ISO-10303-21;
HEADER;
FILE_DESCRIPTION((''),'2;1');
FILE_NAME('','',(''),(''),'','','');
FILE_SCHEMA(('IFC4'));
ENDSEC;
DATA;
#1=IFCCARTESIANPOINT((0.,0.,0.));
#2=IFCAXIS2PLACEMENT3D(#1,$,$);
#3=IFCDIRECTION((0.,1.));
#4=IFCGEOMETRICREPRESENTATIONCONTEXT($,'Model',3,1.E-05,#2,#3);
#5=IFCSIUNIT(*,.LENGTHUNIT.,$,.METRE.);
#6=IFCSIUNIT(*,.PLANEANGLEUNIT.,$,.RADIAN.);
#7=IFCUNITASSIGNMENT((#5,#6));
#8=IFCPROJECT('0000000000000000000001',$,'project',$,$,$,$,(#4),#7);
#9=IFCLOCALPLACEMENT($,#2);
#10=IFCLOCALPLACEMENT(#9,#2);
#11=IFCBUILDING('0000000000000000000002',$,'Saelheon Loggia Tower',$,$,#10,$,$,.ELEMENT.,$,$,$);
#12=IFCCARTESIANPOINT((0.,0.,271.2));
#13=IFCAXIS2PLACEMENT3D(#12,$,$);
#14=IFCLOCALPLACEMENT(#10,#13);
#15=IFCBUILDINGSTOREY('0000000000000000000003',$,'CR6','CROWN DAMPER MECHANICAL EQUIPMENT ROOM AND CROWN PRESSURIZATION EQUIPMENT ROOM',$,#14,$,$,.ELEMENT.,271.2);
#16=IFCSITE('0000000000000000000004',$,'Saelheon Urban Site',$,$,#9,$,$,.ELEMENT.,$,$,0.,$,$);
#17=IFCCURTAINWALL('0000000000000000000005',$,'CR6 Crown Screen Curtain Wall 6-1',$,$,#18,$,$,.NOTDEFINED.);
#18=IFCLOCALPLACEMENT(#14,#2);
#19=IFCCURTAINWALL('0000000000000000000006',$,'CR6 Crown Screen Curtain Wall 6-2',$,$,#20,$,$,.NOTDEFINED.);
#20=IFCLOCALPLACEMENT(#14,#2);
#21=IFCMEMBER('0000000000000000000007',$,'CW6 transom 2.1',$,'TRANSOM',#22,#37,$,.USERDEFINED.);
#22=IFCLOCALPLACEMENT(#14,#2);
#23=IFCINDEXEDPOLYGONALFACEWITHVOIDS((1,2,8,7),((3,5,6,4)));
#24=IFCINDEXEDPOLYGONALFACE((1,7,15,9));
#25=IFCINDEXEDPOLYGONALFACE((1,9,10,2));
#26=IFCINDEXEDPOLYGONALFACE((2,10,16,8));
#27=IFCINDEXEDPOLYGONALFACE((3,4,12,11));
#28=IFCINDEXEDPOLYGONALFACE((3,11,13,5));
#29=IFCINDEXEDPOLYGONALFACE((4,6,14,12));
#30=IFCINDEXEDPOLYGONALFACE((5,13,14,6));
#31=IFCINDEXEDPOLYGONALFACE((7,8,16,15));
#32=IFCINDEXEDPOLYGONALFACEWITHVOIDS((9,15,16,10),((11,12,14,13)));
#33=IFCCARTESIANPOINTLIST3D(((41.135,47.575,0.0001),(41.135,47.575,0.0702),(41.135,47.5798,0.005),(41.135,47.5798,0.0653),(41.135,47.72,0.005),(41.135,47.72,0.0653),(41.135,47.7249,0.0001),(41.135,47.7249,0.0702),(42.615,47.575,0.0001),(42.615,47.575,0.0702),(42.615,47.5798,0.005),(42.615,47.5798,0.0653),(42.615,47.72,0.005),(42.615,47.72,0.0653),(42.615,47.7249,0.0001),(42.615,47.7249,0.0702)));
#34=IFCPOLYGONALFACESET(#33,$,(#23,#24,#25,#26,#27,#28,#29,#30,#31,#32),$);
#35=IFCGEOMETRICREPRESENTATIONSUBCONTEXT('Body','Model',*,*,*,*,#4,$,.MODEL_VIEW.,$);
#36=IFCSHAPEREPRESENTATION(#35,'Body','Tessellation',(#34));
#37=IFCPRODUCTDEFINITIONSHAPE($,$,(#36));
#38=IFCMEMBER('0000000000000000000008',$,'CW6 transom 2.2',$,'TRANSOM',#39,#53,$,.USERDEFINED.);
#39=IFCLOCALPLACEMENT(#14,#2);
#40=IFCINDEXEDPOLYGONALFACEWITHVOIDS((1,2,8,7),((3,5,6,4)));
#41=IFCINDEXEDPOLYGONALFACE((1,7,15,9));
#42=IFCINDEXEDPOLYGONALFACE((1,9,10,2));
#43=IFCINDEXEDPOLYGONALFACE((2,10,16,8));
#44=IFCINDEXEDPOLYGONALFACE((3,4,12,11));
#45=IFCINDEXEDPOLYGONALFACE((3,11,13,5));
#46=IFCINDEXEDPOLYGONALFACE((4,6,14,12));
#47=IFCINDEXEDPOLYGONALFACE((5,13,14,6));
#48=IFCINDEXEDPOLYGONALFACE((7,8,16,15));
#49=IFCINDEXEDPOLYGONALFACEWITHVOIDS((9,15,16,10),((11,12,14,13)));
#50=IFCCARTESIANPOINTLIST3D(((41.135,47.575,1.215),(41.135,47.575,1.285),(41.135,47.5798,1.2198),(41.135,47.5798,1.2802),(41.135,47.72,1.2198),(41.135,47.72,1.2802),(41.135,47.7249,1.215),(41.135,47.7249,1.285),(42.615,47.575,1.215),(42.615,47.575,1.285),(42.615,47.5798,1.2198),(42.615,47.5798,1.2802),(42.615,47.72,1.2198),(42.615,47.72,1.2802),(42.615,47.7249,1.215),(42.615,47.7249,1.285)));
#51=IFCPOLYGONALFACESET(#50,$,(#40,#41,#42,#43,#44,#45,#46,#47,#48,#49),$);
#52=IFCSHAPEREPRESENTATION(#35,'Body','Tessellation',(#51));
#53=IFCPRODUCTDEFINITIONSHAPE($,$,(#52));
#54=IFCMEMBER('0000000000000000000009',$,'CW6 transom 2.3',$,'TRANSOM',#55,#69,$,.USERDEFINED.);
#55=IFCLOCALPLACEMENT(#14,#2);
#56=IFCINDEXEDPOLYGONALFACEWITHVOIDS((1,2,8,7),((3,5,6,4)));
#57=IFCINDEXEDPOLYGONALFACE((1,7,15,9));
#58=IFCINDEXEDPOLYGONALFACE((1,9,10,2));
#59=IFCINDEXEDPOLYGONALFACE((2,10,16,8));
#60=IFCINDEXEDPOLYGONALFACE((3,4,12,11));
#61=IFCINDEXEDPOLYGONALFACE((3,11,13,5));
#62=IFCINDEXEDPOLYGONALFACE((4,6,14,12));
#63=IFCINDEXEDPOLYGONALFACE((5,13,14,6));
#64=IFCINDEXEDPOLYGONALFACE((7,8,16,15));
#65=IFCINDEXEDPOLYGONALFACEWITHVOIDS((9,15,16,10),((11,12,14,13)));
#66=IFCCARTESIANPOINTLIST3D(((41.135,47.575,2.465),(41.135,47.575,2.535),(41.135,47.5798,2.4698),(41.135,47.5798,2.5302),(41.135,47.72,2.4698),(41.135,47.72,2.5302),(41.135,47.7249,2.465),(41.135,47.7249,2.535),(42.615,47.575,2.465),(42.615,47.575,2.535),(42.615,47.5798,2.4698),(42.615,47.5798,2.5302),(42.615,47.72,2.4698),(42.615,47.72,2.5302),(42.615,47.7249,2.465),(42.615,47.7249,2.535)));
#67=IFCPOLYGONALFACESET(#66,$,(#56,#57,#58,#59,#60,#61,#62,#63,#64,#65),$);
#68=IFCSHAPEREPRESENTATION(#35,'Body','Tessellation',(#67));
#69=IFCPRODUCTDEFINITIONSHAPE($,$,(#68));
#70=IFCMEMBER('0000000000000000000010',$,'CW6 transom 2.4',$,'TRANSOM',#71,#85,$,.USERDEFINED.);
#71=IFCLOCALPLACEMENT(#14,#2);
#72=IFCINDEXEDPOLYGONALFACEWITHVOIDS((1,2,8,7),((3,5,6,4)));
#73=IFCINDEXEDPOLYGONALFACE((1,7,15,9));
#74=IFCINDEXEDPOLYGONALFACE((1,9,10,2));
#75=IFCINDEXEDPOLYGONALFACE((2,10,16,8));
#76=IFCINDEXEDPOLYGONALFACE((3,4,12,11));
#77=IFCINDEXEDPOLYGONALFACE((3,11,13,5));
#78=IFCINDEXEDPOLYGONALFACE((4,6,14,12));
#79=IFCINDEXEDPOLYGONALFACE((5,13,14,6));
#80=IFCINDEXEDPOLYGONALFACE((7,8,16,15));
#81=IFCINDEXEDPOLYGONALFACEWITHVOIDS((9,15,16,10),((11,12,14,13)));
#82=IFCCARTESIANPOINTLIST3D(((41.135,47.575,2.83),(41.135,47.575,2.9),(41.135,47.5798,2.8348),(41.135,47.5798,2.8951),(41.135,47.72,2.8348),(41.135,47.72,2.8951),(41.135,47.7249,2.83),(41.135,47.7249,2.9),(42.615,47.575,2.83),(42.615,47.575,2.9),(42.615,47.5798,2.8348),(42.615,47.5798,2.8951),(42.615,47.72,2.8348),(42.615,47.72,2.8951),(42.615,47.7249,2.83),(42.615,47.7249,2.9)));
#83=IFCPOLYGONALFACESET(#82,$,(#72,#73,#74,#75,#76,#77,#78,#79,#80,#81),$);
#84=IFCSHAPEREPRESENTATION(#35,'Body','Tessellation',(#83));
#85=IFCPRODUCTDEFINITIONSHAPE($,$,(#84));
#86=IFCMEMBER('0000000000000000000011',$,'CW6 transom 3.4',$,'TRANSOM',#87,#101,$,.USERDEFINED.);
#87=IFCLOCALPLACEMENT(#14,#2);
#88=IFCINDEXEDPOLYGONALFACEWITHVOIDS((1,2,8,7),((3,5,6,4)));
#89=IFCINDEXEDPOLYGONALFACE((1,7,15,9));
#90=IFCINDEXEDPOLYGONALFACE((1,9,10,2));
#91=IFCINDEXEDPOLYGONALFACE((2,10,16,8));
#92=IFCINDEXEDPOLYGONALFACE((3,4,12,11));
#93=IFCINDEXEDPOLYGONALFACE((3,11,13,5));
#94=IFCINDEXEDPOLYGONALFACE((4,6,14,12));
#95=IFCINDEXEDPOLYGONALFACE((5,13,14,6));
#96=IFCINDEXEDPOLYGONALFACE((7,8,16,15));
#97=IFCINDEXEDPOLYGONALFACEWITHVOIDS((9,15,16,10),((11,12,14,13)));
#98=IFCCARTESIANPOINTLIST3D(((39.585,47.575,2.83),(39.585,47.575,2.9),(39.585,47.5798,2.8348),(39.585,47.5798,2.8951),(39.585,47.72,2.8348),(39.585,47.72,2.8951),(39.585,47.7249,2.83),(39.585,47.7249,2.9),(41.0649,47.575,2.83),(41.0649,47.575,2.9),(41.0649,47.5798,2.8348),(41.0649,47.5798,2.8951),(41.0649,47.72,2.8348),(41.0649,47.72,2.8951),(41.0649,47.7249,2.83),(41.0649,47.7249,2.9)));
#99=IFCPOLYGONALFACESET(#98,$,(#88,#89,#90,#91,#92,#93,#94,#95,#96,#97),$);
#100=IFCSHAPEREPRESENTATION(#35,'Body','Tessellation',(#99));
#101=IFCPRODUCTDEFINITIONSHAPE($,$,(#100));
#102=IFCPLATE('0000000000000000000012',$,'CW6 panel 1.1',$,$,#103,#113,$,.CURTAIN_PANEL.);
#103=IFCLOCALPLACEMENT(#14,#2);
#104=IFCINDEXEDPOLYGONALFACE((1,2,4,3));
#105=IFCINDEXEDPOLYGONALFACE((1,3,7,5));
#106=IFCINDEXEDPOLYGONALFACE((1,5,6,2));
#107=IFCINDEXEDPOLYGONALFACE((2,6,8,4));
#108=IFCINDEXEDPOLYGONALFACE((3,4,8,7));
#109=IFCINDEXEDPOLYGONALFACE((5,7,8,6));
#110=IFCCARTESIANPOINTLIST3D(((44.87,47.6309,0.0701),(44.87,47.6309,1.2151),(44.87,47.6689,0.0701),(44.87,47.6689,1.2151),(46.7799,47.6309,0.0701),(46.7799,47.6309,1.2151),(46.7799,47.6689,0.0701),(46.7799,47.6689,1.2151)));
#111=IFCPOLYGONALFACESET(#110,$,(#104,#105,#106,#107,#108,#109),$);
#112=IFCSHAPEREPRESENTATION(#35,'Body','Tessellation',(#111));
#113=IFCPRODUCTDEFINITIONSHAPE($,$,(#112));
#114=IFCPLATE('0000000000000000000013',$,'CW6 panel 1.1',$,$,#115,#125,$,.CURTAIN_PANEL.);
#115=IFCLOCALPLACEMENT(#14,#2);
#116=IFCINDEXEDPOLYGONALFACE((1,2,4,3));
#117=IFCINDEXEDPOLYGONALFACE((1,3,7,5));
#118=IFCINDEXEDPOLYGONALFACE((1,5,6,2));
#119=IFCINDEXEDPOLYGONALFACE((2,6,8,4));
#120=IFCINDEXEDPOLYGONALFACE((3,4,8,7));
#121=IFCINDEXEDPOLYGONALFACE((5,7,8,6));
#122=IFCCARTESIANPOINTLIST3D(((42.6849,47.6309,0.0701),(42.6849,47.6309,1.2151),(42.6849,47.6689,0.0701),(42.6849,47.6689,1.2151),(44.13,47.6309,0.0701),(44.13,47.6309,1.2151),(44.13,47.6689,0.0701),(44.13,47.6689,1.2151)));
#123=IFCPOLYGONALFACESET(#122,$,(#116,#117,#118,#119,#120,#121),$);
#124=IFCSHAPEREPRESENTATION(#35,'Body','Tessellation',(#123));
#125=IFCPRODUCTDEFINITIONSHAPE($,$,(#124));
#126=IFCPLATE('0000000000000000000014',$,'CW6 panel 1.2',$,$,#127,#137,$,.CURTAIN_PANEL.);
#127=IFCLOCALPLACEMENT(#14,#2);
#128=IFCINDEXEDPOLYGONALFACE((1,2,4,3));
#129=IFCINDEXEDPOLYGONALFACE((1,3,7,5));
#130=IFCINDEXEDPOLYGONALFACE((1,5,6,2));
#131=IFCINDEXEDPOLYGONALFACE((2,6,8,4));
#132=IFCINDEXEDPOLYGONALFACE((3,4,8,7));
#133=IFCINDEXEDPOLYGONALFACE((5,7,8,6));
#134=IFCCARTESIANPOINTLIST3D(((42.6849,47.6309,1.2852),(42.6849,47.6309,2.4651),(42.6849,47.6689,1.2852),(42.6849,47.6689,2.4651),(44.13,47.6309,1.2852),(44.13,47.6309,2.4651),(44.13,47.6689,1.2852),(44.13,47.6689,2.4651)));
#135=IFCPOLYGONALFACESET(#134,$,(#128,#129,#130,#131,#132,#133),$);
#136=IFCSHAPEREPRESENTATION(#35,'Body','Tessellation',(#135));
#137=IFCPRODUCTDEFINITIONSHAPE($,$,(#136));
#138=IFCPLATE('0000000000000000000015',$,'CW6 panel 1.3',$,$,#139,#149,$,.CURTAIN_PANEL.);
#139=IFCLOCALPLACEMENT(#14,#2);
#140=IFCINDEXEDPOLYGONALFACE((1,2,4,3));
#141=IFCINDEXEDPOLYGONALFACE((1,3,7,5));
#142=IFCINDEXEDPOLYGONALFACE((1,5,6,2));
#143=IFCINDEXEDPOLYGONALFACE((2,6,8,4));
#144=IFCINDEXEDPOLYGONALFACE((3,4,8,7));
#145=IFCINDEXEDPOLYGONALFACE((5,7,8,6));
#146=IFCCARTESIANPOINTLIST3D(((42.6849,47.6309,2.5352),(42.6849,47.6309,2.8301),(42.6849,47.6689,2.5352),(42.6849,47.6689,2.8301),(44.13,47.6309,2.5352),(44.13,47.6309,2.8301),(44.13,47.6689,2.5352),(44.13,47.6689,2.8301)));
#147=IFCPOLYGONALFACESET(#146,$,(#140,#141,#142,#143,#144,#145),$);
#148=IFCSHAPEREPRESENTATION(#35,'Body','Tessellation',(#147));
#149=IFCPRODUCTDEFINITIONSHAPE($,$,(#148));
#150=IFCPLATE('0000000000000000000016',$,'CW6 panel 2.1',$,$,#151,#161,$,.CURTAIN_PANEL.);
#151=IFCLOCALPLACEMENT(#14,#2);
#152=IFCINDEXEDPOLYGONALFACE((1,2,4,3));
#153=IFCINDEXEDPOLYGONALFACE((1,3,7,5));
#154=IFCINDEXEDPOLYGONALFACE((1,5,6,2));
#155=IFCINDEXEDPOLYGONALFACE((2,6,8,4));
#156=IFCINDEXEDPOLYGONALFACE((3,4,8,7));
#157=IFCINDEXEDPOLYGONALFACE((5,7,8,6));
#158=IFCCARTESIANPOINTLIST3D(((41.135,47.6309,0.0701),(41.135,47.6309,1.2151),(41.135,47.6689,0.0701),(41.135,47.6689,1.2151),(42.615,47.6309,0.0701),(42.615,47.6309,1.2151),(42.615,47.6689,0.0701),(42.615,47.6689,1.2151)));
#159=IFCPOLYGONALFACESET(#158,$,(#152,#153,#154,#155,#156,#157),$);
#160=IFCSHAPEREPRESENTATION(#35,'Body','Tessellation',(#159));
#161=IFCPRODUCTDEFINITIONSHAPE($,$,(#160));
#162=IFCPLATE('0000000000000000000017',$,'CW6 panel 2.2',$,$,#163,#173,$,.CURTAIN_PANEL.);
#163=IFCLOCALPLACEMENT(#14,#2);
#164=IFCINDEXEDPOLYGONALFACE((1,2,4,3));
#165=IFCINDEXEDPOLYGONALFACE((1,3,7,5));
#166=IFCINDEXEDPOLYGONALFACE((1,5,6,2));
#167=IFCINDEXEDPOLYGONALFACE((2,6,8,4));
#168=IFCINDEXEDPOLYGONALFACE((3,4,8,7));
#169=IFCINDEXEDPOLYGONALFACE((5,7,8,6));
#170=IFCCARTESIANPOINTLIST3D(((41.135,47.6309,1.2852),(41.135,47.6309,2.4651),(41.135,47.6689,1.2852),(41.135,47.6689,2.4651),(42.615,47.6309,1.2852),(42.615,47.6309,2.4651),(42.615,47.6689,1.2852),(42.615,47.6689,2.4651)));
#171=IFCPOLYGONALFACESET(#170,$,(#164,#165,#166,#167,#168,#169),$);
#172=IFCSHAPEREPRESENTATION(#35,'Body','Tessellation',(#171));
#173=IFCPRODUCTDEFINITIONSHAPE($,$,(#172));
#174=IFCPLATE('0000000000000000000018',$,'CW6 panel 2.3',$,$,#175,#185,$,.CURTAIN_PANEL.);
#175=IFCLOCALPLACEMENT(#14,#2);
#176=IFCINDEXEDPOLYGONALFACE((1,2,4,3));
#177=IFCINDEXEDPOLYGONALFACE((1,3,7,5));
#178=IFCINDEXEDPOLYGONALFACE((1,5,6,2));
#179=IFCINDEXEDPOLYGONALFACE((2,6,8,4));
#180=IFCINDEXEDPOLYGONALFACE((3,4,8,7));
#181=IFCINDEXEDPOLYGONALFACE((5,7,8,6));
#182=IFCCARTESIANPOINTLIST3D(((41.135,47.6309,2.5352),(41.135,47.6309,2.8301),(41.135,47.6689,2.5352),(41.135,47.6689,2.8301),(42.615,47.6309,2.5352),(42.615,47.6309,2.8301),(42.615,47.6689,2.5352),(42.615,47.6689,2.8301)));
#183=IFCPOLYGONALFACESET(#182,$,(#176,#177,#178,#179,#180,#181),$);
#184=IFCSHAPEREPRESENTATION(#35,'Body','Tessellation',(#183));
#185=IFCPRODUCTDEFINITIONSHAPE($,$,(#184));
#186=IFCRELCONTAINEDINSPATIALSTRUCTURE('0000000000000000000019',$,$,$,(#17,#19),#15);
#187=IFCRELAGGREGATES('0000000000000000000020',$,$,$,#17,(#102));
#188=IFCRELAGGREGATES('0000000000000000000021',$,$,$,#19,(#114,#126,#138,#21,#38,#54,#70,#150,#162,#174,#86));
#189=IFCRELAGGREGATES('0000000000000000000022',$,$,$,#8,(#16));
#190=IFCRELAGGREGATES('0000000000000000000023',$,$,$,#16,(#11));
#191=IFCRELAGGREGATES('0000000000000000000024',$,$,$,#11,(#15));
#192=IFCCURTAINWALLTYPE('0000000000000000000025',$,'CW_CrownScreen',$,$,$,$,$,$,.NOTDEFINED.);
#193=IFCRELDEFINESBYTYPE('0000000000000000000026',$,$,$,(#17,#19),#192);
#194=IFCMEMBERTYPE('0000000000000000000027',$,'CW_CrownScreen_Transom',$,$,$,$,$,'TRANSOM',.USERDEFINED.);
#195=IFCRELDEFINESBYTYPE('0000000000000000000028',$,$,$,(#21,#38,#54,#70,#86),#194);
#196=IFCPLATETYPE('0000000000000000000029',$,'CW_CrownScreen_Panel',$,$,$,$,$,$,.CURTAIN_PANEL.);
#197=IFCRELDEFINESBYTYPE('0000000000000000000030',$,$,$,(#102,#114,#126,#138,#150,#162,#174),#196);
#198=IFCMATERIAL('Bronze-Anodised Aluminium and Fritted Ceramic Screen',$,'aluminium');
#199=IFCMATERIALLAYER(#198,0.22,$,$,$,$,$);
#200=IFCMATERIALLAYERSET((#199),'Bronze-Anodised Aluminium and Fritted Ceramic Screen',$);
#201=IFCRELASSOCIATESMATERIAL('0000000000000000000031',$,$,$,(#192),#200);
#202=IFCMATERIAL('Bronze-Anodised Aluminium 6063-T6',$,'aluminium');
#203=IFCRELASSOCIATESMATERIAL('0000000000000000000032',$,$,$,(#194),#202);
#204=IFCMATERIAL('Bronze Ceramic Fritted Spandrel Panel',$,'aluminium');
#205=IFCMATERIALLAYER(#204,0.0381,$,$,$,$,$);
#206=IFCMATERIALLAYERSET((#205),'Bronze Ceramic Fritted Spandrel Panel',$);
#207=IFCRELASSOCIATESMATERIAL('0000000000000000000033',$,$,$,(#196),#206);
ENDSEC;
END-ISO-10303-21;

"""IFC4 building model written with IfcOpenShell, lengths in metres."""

from ifc_helpers import new_model, si_unit, direction, frame, origin, origin_2d, place, context, subcontext, project, spatial, rectangle, hollow_rectangle, extrude, source, transform, mapped, material, layer, layer_set, material_profile, profile_set, type_object, element, aggregate, save


model = new_model("IFC4")

# Units and contexts
model_context = context("Model", 3, precision=1e-05, world=origin(), true_north=direction((0.0, 1.0)))
body_context = subcontext(model_context, "Body", "Model", "MODEL_VIEW")
ifc_project = project(units=[si_unit("LENGTHUNIT", "METRE"), si_unit("PLANEANGLEUNIT", "RADIAN")], contexts=[model_context])

# Site, building, storey
site_placement = place(None, origin())
site = spatial("IfcSite", under=ifc_project, at=site_placement, Name="Saelheon Urban Site", CompositionType="ELEMENT", RefElevation=0.0)
building_placement = place(site_placement, origin())
building = spatial("IfcBuilding", under=site, at=building_placement, Name="Saelheon Loggia Tower", CompositionType="ELEMENT")
storey_placement = place(building_placement, frame((0.0, 0.0, 271.2)))
storey = spatial("IfcBuildingStorey", under=building, at=storey_placement, Name="CR6", Description="CROWN DAMPER MECHANICAL EQUIPMENT ROOM AND CROWN PRESSURIZATION EQUIPMENT ROOM", CompositionType="ELEMENT", Elevation=271.2)

# Curtain wall
ifc_material_1 = material(Name="Bronze-Anodised Aluminium and Fritted Ceramic Screen", Category="aluminium")
ifc_layer_1 = layer(ifc_material_1, 0.22)
ifc_layer_set_1 = layer_set([ifc_layer_1], Name="Bronze-Anodised Aluminium and Fritted Ceramic Screen")
curtain_wall_type = type_object("IfcCurtainWallType", Name="CW_CrownScreen", PredefinedType="NOTDEFINED", material=ifc_layer_set_1)
curtain_wall_1_placement = place(storey_placement, origin())
curtain_wall_1 = element("IfcCurtainWall", 1, at=curtain_wall_1_placement, inside=storey, type_object=curtain_wall_type, Name="CR6 Crown Screen Curtain Wall 6-1", PredefinedType="NOTDEFINED")
ifc_material_2 = material(Name="Bronze-Anodised Aluminium 6063-T6", Category="aluminium")

# Curtain wall, members
curtain_wall_2_placement = place(storey_placement, origin())
curtain_wall_2 = element("IfcCurtainWall", 2, at=curtain_wall_2_placement, inside=storey, type_object=curtain_wall_type, Name="CR6 Crown Screen Curtain Wall 6-2", PredefinedType="NOTDEFINED")
ifc_material_profile_1 = material_profile(ifc_material_2, hollow_rectangle(XDim=0.0701, YDim=0.1499, WallThickness=0.0049, at=origin_2d()), Name="RHS-150x70x5")
ifc_profile_set_1 = profile_set([ifc_material_profile_1], Name="Bronze-Anodised Aluminium 6063-T6")
member_type_1 = type_object("IfcMemberType", Name="CW_CrownScreen_Transom", ElementType="TRANSOM", PredefinedType="USERDEFINED", material=ifc_profile_set_1)
shared_shape_1 = source(origin(), body_context, "Body", "SweptSolid", [
    extrude(hollow_rectangle(XDim=0.0701, YDim=0.1499, WallThickness=0.0049, at=origin_2d()), origin(), (0.0, 0.0, 1.0), 1.48),
])
member_1_placement = place(storey_placement, frame((42.615, 47.6499, 0.0352), z_axis=(-1.0, 0.0, 0.0), x_axis=(0.0, 0.0, 1.0)))
member_1 = element("IfcMember", 3, at=member_1_placement, type_object=member_type_1, Name="CW6 transom 2.1", ObjectType="TRANSOM", PredefinedType="USERDEFINED", context=body_context, shape_type="MappedRepresentation", body=[
    mapped(shared_shape_1, transform((0.0, 0.0, 0.0), scale=1.0)),
])
member_2_placement = place(storey_placement, frame((42.615, 47.6499, 1.25), z_axis=(-1.0, 0.0, 0.0), x_axis=(0.0, 0.0, 1.0)))
member_2 = element("IfcMember", 4, at=member_2_placement, type_object=member_type_1, Name="CW6 transom 2.2", ObjectType="TRANSOM", PredefinedType="USERDEFINED", context=body_context, shape_type="MappedRepresentation", body=[
    mapped(shared_shape_1, transform((0.0, 0.0, 0.0), scale=1.0)),
])
member_3_placement = place(storey_placement, frame((42.615, 47.6499, 2.5), z_axis=(-1.0, 0.0, 0.0), x_axis=(0.0, 0.0, 1.0)))
member_3 = element("IfcMember", 5, at=member_3_placement, type_object=member_type_1, Name="CW6 transom 2.3", ObjectType="TRANSOM", PredefinedType="USERDEFINED", context=body_context, shape_type="MappedRepresentation", body=[
    mapped(shared_shape_1, transform((0.0, 0.0, 0.0), scale=1.0)),
])
member_4_placement = place(storey_placement, frame((42.615, 47.6499, 2.865), z_axis=(-1.0, 0.0, 0.0), x_axis=(0.0, 0.0, 1.0)))
member_4 = element("IfcMember", 6, at=member_4_placement, type_object=member_type_1, Name="CW6 transom 2.4", ObjectType="TRANSOM", PredefinedType="USERDEFINED", context=body_context, shape_type="MappedRepresentation", body=[
    mapped(shared_shape_1, transform((0.0, 0.0, 0.0), scale=1.0)),
])
member_5_placement = place(storey_placement, frame((41.0649, 47.6499, 2.865), z_axis=(-1.0, 0.0, 0.0), x_axis=(0.0, 0.0, 1.0)))
member_5 = element("IfcMember", 7, at=member_5_placement, type_object=member_type_1, Name="CW6 transom 3.4", ObjectType="TRANSOM", PredefinedType="USERDEFINED", context=body_context, shape_type="MappedRepresentation", body=[
    mapped(shared_shape_1, transform((0.0, 0.0, 0.0), scale=1.0)),
])

# Plates
ifc_material_3 = material(Name="Bronze Ceramic Fritted Spandrel Panel", Category="aluminium")
ifc_layer_2 = layer(ifc_material_3, 0.0381)
ifc_layer_set_2 = layer_set([ifc_layer_2], Name="Bronze Ceramic Fritted Spandrel Panel")
plate_type = type_object("IfcPlateType", Name="CW_CrownScreen_Panel", PredefinedType="CURTAIN_PANEL", material=ifc_layer_set_2)
shared_shape_2 = source(origin(), body_context, "Body", "SweptSolid", [
    extrude(rectangle(XDim=1.9099, YDim=0.0381, at=origin_2d()), origin(), (0.0, 0.0, 1.0), 1.145),
])
plate_1_placement = place(storey_placement, frame((45.825, 47.6499, 0.0701), z_axis=(0.0, 0.0, 1.0), x_axis=(-1.0, 0.0, 0.0)))
plate_1 = element("IfcPlate", 8, at=plate_1_placement, type_object=plate_type, Name="CW6 panel 1.1", PredefinedType="CURTAIN_PANEL", context=body_context, shape_type="MappedRepresentation", body=[
    mapped(shared_shape_2, transform((0.0, 0.0, 0.0), scale=1.0)),
])
aggregate(curtain_wall_1, [plate_1])
shared_shape_3 = source(origin(), body_context, "Body", "SweptSolid", [
    extrude(rectangle(XDim=1.4451, YDim=0.0381, at=origin_2d()), origin(), (0.0, 0.0, 1.0), 1.145),
])
plate_2_placement = place(storey_placement, frame((43.4075, 47.6499, 0.0701), z_axis=(0.0, 0.0, 1.0), x_axis=(-1.0, 0.0, 0.0)))
plate_2 = element("IfcPlate", 9, at=plate_2_placement, type_object=plate_type, Name="CW6 panel 1.1", PredefinedType="CURTAIN_PANEL", context=body_context, shape_type="MappedRepresentation", body=[
    mapped(shared_shape_3, transform((0.0, 0.0, 0.0), scale=1.0)),
])
shared_shape_4 = source(origin(), body_context, "Body", "SweptSolid", [
    extrude(rectangle(XDim=1.4451, YDim=0.0381, at=origin_2d()), origin(), (0.0, 0.0, 1.0), 1.1799),
])
plate_3_placement = place(storey_placement, frame((43.4075, 47.6499, 1.2852), z_axis=(0.0, 0.0, 1.0), x_axis=(-1.0, 0.0, 0.0)))
plate_3 = element("IfcPlate", 10, at=plate_3_placement, type_object=plate_type, Name="CW6 panel 1.2", PredefinedType="CURTAIN_PANEL", context=body_context, shape_type="MappedRepresentation", body=[
    mapped(shared_shape_4, transform((0.0, 0.0, 0.0), scale=1.0)),
])
shared_shape_5 = source(origin(), body_context, "Body", "SweptSolid", [
    extrude(rectangle(XDim=1.4451, YDim=0.0381, at=origin_2d()), origin(), (0.0, 0.0, 1.0), 0.2949),
])
plate_4_placement = place(storey_placement, frame((43.4075, 47.6499, 2.5352), z_axis=(0.0, 0.0, 1.0), x_axis=(-1.0, 0.0, 0.0)))
plate_4 = element("IfcPlate", 11, at=plate_4_placement, type_object=plate_type, Name="CW6 panel 1.3", PredefinedType="CURTAIN_PANEL", context=body_context, shape_type="MappedRepresentation", body=[
    mapped(shared_shape_5, transform((0.0, 0.0, 0.0), scale=1.0)),
])
shared_shape_6 = source(origin(), body_context, "Body", "SweptSolid", [
    extrude(rectangle(XDim=1.48, YDim=0.0381, at=origin_2d()), origin(), (0.0, 0.0, 1.0), 1.145),
])
plate_5_placement = place(storey_placement, frame((41.875, 47.6499, 0.0701), z_axis=(0.0, 0.0, 1.0), x_axis=(-1.0, 0.0, 0.0)))
plate_5 = element("IfcPlate", 12, at=plate_5_placement, type_object=plate_type, Name="CW6 panel 2.1", PredefinedType="CURTAIN_PANEL", context=body_context, shape_type="MappedRepresentation", body=[
    mapped(shared_shape_6, transform((0.0, 0.0, 0.0), scale=1.0)),
])
shared_shape_7 = source(origin(), body_context, "Body", "SweptSolid", [
    extrude(rectangle(XDim=1.48, YDim=0.0381, at=origin_2d()), origin(), (0.0, 0.0, 1.0), 1.1799),
])
plate_6_placement = place(storey_placement, frame((41.875, 47.6499, 1.2852), z_axis=(0.0, 0.0, 1.0), x_axis=(-1.0, 0.0, 0.0)))
plate_6 = element("IfcPlate", 13, at=plate_6_placement, type_object=plate_type, Name="CW6 panel 2.2", PredefinedType="CURTAIN_PANEL", context=body_context, shape_type="MappedRepresentation", body=[
    mapped(shared_shape_7, transform((0.0, 0.0, 0.0), scale=1.0)),
])
shared_shape_8 = source(origin(), body_context, "Body", "SweptSolid", [
    extrude(rectangle(XDim=1.48, YDim=0.0381, at=origin_2d()), origin(), (0.0, 0.0, 1.0), 0.2949),
])
plate_7_placement = place(storey_placement, frame((41.875, 47.6499, 2.5352), z_axis=(0.0, 0.0, 1.0), x_axis=(-1.0, 0.0, 0.0)))
plate_7 = element("IfcPlate", 14, at=plate_7_placement, type_object=plate_type, Name="CW6 panel 2.3", PredefinedType="CURTAIN_PANEL", context=body_context, shape_type="MappedRepresentation", body=[
    mapped(shared_shape_8, transform((0.0, 0.0, 0.0), scale=1.0)),
])
aggregate(curtain_wall_2, [plate_2, plate_3, plate_4, member_1, member_2, member_3, member_4, plate_5, plate_6, plate_7, member_5])

save(model, "model.ifc")
